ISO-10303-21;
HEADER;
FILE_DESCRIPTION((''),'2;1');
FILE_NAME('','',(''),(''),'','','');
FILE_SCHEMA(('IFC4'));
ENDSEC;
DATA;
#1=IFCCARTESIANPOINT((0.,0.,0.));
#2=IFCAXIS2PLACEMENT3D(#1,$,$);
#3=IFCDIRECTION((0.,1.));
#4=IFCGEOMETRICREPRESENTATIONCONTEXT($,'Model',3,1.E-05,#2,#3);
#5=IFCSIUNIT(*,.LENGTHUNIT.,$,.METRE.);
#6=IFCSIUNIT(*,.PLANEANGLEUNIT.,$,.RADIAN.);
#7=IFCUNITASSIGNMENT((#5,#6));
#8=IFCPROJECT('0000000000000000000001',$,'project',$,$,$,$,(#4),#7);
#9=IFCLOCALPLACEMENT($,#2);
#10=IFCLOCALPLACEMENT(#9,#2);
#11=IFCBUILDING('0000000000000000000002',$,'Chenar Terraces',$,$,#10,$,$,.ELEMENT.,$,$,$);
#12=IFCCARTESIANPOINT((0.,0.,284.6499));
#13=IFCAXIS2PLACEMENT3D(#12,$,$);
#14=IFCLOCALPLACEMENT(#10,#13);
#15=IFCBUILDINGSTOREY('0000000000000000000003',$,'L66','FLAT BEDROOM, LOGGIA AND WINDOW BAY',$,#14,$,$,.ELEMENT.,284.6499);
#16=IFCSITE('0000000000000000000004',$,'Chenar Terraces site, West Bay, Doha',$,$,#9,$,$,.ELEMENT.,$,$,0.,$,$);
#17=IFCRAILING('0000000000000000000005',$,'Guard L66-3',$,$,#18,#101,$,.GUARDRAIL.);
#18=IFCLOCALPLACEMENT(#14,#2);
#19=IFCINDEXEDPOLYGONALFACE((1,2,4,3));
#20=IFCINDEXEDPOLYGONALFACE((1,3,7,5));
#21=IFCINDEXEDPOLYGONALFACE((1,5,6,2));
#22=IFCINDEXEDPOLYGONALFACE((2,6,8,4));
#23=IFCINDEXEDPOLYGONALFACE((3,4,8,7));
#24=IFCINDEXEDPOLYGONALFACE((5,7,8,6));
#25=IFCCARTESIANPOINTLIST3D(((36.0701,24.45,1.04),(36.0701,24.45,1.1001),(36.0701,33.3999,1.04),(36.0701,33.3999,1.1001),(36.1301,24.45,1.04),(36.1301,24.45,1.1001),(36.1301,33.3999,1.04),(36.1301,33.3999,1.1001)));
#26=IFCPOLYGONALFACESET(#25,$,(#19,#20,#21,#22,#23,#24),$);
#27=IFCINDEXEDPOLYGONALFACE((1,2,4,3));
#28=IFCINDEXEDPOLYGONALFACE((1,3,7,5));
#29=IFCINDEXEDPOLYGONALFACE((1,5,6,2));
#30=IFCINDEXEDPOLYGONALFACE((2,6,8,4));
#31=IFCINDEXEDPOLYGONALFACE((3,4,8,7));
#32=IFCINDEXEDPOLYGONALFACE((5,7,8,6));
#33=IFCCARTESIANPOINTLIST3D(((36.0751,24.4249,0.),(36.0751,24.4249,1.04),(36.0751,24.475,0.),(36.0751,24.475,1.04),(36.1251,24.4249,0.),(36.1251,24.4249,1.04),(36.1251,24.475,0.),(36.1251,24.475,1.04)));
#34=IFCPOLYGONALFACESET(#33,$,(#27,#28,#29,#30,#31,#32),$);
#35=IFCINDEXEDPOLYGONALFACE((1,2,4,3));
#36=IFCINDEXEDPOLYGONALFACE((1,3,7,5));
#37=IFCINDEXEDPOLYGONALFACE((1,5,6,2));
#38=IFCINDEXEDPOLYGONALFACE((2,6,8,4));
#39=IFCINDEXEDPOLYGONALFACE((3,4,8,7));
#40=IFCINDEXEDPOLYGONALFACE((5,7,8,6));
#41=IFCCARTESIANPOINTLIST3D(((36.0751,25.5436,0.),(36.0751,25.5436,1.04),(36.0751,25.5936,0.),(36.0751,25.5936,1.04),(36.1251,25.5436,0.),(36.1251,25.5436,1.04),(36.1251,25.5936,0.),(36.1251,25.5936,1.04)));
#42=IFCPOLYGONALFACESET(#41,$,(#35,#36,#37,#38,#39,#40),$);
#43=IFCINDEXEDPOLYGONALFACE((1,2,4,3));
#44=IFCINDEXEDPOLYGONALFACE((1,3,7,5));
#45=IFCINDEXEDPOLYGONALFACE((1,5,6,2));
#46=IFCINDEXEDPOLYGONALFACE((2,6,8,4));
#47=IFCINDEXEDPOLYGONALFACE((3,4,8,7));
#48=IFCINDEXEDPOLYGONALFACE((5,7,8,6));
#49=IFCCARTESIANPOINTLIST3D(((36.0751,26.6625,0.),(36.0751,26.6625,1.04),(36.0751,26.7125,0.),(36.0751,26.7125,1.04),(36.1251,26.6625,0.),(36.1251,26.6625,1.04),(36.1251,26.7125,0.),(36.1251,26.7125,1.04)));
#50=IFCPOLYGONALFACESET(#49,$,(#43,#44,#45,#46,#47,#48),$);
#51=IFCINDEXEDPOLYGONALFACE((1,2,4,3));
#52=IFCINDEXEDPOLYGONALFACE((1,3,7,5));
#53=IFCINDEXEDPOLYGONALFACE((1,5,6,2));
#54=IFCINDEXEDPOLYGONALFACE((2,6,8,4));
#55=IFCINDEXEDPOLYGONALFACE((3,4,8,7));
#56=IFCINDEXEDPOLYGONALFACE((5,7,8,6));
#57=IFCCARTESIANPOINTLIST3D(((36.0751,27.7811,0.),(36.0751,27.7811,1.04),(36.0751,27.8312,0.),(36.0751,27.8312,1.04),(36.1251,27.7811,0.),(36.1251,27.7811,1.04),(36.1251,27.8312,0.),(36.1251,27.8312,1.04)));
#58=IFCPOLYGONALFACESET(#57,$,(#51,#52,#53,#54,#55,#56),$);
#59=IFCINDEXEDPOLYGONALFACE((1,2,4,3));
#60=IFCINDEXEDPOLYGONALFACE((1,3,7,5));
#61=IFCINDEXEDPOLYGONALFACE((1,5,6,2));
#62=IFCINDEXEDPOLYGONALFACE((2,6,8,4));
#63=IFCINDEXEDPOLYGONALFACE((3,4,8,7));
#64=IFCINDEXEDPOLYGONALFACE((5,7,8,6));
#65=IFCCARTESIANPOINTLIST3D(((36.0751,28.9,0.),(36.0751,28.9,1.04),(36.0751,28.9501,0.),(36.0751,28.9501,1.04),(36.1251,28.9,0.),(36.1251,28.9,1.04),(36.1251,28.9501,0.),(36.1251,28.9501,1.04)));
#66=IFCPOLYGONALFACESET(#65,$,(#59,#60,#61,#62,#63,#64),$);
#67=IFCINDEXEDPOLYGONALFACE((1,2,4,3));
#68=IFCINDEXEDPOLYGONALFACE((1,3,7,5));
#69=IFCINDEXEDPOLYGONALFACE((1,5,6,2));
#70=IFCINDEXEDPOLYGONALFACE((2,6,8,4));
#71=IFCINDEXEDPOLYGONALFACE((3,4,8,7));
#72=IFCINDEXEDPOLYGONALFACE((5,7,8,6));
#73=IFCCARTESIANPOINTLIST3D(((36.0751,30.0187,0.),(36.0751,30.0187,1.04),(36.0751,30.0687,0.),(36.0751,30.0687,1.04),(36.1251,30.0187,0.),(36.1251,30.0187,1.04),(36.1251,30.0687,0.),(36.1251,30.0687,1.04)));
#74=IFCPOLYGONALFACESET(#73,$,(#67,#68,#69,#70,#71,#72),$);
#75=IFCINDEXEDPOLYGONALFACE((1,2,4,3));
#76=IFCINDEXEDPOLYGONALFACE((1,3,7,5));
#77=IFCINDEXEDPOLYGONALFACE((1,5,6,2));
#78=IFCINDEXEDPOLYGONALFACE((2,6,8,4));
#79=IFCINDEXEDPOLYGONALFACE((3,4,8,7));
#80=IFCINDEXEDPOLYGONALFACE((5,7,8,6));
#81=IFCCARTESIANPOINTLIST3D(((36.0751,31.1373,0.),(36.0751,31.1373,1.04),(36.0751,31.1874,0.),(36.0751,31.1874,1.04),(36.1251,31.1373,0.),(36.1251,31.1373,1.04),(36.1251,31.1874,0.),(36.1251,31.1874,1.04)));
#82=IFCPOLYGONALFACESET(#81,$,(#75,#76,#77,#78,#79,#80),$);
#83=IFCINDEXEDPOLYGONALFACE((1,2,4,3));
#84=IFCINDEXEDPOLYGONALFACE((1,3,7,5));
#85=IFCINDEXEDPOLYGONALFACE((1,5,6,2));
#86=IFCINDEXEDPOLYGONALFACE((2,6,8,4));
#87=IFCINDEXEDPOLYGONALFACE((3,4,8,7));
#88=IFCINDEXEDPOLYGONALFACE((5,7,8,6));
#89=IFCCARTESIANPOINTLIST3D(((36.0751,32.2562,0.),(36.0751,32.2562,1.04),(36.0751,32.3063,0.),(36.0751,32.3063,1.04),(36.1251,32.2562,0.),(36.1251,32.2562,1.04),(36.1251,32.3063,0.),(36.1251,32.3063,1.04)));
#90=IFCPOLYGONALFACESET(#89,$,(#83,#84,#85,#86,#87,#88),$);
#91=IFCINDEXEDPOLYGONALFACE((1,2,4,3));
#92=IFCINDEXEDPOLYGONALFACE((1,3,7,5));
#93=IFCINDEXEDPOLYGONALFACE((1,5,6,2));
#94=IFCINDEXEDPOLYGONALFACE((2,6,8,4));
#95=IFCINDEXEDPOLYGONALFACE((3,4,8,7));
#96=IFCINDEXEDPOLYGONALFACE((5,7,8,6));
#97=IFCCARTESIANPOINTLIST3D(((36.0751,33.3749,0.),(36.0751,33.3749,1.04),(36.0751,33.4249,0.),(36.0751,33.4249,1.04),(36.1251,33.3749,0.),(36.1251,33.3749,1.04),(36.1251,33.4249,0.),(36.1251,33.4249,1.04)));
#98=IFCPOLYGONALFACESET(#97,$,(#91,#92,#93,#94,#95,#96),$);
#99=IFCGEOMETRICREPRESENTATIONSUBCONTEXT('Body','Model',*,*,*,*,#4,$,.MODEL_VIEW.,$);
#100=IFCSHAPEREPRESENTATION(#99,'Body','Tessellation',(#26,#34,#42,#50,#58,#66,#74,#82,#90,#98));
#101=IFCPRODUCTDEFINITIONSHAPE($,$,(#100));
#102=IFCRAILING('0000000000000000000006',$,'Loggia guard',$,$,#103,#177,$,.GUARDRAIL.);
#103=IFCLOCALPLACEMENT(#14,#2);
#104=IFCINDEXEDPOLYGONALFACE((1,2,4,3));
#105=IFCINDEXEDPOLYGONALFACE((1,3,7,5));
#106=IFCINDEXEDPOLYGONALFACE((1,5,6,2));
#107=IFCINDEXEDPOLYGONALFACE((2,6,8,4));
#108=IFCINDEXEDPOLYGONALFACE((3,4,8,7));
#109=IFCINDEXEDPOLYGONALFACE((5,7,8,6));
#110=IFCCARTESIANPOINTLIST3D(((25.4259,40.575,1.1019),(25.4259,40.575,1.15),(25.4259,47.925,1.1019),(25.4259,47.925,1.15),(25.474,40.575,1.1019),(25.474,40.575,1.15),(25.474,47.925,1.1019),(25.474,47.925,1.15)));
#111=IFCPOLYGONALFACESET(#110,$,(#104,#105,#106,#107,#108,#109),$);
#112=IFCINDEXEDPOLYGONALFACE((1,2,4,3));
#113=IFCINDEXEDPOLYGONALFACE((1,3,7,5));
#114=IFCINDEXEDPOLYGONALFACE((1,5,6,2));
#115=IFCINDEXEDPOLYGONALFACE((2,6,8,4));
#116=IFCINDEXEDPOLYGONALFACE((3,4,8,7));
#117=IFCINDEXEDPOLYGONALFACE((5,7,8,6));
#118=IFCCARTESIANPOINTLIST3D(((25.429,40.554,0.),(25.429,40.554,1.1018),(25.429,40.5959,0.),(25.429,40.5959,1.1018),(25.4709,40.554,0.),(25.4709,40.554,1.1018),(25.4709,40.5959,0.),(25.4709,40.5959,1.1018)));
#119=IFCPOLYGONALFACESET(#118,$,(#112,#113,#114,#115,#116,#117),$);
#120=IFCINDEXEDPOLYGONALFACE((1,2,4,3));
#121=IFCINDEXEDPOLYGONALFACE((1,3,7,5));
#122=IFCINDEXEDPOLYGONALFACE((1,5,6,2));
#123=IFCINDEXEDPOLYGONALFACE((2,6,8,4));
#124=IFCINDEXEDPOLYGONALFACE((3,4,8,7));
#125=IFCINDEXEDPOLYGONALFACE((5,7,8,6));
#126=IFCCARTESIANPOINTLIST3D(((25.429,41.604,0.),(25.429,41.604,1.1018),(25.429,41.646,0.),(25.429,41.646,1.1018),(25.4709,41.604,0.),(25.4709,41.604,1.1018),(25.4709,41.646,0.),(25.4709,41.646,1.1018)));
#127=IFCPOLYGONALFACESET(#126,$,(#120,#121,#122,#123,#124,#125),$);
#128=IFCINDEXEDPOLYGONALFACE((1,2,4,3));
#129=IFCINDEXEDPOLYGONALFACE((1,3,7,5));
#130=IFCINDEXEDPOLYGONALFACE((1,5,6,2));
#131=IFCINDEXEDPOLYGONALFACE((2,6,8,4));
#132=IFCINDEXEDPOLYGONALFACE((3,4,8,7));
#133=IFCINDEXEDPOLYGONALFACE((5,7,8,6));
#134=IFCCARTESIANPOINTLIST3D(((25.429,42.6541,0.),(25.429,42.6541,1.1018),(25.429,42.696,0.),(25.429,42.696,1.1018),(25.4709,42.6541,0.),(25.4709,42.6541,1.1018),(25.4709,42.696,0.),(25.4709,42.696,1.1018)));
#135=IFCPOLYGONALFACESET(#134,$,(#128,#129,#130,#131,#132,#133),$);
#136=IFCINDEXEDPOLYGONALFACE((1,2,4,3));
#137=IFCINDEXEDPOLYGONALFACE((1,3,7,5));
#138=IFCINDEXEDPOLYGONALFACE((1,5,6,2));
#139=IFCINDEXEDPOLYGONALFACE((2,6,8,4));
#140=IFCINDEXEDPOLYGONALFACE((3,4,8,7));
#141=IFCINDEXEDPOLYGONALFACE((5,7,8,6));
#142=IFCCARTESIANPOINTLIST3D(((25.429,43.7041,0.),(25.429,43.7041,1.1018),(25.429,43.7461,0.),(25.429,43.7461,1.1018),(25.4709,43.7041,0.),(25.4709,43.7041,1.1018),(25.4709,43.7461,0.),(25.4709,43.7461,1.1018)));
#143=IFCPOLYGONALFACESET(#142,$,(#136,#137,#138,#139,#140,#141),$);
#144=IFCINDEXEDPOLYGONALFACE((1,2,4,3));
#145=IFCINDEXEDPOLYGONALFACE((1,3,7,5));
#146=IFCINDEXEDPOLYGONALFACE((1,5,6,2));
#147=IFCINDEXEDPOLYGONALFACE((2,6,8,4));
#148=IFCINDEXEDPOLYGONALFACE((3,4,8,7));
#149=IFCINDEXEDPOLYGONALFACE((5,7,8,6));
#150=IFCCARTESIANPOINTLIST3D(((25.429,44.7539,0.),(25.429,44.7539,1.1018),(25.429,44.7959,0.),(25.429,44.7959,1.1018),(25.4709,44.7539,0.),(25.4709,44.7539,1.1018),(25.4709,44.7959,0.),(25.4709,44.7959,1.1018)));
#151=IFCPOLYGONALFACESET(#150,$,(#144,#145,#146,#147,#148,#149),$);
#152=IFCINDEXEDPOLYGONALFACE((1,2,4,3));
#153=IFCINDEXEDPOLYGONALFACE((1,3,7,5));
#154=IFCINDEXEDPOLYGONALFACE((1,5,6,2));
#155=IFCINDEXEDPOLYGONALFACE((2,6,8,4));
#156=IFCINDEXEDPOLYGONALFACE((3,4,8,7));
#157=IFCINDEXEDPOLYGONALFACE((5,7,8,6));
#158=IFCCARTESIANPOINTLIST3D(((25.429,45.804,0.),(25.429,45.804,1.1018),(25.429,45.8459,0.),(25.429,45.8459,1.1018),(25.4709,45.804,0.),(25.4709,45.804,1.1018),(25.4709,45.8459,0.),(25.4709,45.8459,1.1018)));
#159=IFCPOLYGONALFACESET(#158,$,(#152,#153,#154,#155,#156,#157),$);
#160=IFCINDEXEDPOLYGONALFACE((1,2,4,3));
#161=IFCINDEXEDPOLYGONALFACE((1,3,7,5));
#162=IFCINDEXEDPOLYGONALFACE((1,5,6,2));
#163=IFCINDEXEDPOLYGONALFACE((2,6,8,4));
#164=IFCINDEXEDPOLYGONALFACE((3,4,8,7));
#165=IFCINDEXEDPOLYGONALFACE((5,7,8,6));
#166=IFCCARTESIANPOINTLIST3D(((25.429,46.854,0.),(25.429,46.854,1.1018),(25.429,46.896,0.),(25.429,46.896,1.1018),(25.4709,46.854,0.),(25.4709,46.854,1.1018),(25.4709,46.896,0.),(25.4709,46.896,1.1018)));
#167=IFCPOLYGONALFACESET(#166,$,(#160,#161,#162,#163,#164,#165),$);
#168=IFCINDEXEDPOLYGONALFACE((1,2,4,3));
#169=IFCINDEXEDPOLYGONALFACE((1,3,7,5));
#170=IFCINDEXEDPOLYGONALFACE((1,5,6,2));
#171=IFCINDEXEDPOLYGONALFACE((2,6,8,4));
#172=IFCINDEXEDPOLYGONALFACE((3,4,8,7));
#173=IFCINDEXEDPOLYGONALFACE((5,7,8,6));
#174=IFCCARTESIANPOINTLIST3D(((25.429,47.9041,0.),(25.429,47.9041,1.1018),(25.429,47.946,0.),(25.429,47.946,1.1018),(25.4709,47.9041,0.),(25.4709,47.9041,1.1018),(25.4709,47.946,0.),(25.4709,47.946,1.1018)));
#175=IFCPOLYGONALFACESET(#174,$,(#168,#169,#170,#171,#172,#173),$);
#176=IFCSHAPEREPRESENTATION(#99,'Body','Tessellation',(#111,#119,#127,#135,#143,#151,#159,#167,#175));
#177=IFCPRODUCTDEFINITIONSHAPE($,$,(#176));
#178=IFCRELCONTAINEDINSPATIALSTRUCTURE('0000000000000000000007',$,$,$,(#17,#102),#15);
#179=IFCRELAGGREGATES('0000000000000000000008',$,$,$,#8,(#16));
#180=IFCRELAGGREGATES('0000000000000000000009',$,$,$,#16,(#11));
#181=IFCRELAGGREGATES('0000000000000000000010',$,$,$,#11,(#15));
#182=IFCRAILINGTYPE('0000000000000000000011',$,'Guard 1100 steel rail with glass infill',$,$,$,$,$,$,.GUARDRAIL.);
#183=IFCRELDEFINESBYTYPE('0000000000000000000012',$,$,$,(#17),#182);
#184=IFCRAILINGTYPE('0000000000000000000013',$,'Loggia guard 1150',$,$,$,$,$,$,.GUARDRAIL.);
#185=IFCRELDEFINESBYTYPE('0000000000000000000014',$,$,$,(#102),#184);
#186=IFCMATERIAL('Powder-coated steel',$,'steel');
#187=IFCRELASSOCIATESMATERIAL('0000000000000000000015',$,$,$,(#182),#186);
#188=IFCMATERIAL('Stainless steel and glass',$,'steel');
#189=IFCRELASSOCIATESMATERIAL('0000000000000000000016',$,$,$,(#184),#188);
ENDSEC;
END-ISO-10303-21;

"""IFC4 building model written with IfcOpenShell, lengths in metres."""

from ifc_helpers import new_model, si_unit, direction, frame, origin, origin_2d, place, context, subcontext, project, spatial, rectangle, extrude, material, type_object, element, save


model = new_model("IFC4")

# Units and contexts
model_context = context("Model", 3, precision=1e-05, world=origin(), true_north=direction((0.0, 1.0)))
body_context = subcontext(model_context, "Body", "Model", "MODEL_VIEW")
ifc_project = project(units=[si_unit("LENGTHUNIT", "METRE"), si_unit("PLANEANGLEUNIT", "RADIAN")], contexts=[model_context])

# Site, building, storey
site_placement = place(None, origin())
site = spatial("IfcSite", under=ifc_project, at=site_placement, Name="Chenar Terraces site, West Bay, Doha", CompositionType="ELEMENT", RefElevation=0.0)
building_placement = place(site_placement, origin())
building = spatial("IfcBuilding", under=site, at=building_placement, Name="Chenar Terraces", CompositionType="ELEMENT")
storey_placement = place(building_placement, frame((0.0, 0.0, 284.6499)))
storey = spatial("IfcBuildingStorey", under=building, at=storey_placement, Name="L66", Description="FLAT BEDROOM, LOGGIA AND WINDOW BAY", CompositionType="ELEMENT", Elevation=284.6499)

# Railings
ifc_material_1 = material(Name="Powder-coated steel", Category="steel")
railing_type_1 = type_object("IfcRailingType", Name="Guard 1100 steel rail with glass infill", PredefinedType="GUARDRAIL", material=ifc_material_1)
railing_1_placement = place(storey_placement, frame((36.1001, 24.45, 0.0)))
element("IfcRailing", 1, at=railing_1_placement, inside=storey, type_object=railing_type_1, Name="Guard L66-3", PredefinedType="GUARDRAIL", context=body_context, shape_type="SweptSolid", body=[
    extrude(rectangle(XDim=0.0601, YDim=0.0601, at=origin_2d()), frame((0.0, 0.0, 1.0701), z_axis=(0.0, 1.0, 0.0), x_axis=(-1.0, 0.0, 0.0)), (0.0, 0.0, 1.0), 8.95),
    extrude(rectangle(XDim=0.05, YDim=0.05, at=origin_2d()), origin(), (0.0, 0.0, 1.0), 1.04),
    extrude(rectangle(XDim=0.05, YDim=0.05, at=origin_2d()), frame((0.0, 1.1187, 0.0)), (0.0, 0.0, 1.0), 1.04),
    extrude(rectangle(XDim=0.05, YDim=0.05, at=origin_2d()), frame((0.0, 2.2375, 0.0)), (0.0, 0.0, 1.0), 1.04),
    extrude(rectangle(XDim=0.05, YDim=0.05, at=origin_2d()), frame((0.0, 3.3562, 0.0)), (0.0, 0.0, 1.0), 1.04),
    extrude(rectangle(XDim=0.05, YDim=0.05, at=origin_2d()), frame((0.0, 4.4751, 0.0)), (0.0, 0.0, 1.0), 1.04),
    extrude(rectangle(XDim=0.05, YDim=0.05, at=origin_2d()), frame((0.0, 5.5938, 0.0)), (0.0, 0.0, 1.0), 1.04),
    extrude(rectangle(XDim=0.05, YDim=0.05, at=origin_2d()), frame((0.0, 6.7124, 0.0)), (0.0, 0.0, 1.0), 1.04),
    extrude(rectangle(XDim=0.05, YDim=0.05, at=origin_2d()), frame((0.0, 7.8313, 0.0)), (0.0, 0.0, 1.0), 1.04),
    extrude(rectangle(XDim=0.05, YDim=0.05, at=origin_2d()), frame((0.0, 8.95, 0.0)), (0.0, 0.0, 1.0), 1.04),
])
ifc_material_2 = material(Name="Stainless steel and glass", Category="steel")
railing_type_2 = type_object("IfcRailingType", Name="Loggia guard 1150", PredefinedType="GUARDRAIL", material=ifc_material_2)
railing_2_placement = place(storey_placement, frame((25.45, 40.575, 0.0)))
element("IfcRailing", 2, at=railing_2_placement, inside=storey, type_object=railing_type_2, Name="Loggia guard", PredefinedType="GUARDRAIL", context=body_context, shape_type="SweptSolid", body=[
    extrude(rectangle(XDim=0.0481, YDim=0.0481, at=origin_2d()), frame((0.0, 0.0, 1.126), z_axis=(0.0, 1.0, 0.0), x_axis=(-1.0, 0.0, 0.0)), (0.0, 0.0, 1.0), 7.3501),
    extrude(rectangle(XDim=0.042, YDim=0.042, at=origin_2d()), origin(), (0.0, 0.0, 1.0), 1.1018),
    extrude(rectangle(XDim=0.042, YDim=0.042, at=origin_2d()), frame((0.0, 1.05, 0.0)), (0.0, 0.0, 1.0), 1.1018),
    extrude(rectangle(XDim=0.042, YDim=0.042, at=origin_2d()), frame((0.0, 2.1001, 0.0)), (0.0, 0.0, 1.0), 1.1018),
    extrude(rectangle(XDim=0.042, YDim=0.042, at=origin_2d()), frame((0.0, 3.1501, 0.0)), (0.0, 0.0, 1.0), 1.1018),
    extrude(rectangle(XDim=0.042, YDim=0.042, at=origin_2d()), frame((0.0, 4.2, 0.0)), (0.0, 0.0, 1.0), 1.1018),
    extrude(rectangle(XDim=0.042, YDim=0.042, at=origin_2d()), frame((0.0, 5.25, 0.0)), (0.0, 0.0, 1.0), 1.1018),
    extrude(rectangle(XDim=0.042, YDim=0.042, at=origin_2d()), frame((0.0, 6.3, 0.0)), (0.0, 0.0, 1.0), 1.1018),
    extrude(rectangle(XDim=0.042, YDim=0.042, at=origin_2d()), frame((0.0, 7.3501, 0.0)), (0.0, 0.0, 1.0), 1.1018),
])

save(model, "model.ifc")
